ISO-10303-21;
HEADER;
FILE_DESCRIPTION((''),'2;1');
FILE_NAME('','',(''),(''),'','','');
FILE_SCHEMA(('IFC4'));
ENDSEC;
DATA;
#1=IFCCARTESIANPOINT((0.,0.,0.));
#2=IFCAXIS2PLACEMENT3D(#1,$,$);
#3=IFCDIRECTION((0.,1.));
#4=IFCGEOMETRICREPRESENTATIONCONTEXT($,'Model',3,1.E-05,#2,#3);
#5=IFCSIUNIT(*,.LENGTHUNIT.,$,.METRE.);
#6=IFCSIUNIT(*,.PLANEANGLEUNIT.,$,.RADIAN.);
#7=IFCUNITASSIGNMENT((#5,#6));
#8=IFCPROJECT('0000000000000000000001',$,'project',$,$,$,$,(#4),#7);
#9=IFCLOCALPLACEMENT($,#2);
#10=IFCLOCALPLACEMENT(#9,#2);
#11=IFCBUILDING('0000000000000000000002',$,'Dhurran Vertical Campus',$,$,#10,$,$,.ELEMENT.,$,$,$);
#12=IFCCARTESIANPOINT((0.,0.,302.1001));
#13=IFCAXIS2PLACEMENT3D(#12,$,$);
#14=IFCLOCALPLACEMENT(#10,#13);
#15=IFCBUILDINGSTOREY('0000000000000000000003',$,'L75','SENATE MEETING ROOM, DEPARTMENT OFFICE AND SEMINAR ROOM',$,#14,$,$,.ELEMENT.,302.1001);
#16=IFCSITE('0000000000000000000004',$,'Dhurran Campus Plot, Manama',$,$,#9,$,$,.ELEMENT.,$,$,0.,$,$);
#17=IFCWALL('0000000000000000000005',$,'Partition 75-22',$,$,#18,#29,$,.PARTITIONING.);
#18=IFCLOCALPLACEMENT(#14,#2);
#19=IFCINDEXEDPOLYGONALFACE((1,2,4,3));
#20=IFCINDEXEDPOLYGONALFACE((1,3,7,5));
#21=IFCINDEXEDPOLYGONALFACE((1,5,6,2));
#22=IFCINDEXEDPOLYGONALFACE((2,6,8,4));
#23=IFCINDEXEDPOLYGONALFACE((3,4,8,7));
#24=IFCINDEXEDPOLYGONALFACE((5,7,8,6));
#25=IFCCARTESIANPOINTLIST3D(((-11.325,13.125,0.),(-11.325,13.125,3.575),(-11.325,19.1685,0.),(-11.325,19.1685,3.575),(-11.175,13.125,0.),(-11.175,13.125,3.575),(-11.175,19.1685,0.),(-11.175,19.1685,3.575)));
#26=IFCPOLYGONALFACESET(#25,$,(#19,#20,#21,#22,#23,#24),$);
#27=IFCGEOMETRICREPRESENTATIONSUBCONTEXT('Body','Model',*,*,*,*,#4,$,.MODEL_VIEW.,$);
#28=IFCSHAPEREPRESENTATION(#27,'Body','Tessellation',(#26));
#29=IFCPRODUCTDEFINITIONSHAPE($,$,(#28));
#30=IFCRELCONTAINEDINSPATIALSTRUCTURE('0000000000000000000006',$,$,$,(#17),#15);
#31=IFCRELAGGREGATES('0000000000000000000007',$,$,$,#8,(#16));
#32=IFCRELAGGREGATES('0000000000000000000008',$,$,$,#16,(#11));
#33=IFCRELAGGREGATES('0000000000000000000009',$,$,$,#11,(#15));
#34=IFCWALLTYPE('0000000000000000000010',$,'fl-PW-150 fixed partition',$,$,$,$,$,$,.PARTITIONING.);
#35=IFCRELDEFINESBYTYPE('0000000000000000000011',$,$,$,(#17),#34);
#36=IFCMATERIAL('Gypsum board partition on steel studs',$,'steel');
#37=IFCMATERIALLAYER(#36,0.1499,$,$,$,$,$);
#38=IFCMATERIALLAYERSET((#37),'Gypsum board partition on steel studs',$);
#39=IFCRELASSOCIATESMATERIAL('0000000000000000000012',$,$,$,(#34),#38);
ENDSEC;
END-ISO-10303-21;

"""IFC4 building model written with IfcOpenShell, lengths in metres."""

from ifc_helpers import new_model, si_unit, direction, frame, frame_2d, origin, place, context, subcontext, project, spatial, rectangle, extrude, material, layer, layer_set, type_object, element, save


model = new_model("IFC4")

# Units and contexts
model_context = context("Model", 3, precision=1e-05, world=origin(), true_north=direction((0.0, 1.0)))
body_context = subcontext(model_context, "Body", "Model", "MODEL_VIEW")
ifc_project = project(units=[si_unit("LENGTHUNIT", "METRE"), si_unit("PLANEANGLEUNIT", "RADIAN")], contexts=[model_context])

# Site, building, storey
site_placement = place(None, origin())
site = spatial("IfcSite", under=ifc_project, at=site_placement, Name="Dhurran Campus Plot, Manama", CompositionType="ELEMENT", RefElevation=0.0)
building_placement = place(site_placement, origin())
building = spatial("IfcBuilding", under=site, at=building_placement, Name="Dhurran Vertical Campus", CompositionType="ELEMENT")
storey_placement = place(building_placement, frame((0.0, 0.0, 302.1001)))
storey = spatial("IfcBuildingStorey", under=building, at=storey_placement, Name="L75", Description="SENATE MEETING ROOM, DEPARTMENT OFFICE AND SEMINAR ROOM", CompositionType="ELEMENT", Elevation=302.1001)

# Wall
ifc_material_1 = material(Name="Gypsum board partition on steel studs", Category="steel")
ifc_layer_1 = layer(ifc_material_1, 0.1499)
ifc_layer_set_1 = layer_set([ifc_layer_1], Name="Gypsum board partition on steel studs")
wall_type_1 = type_object("IfcWallType", Name="fl-PW-150 fixed partition", PredefinedType="PARTITIONING", material=ifc_layer_set_1)
wall_1_placement = place(storey_placement, frame((-11.25, 19.1685, 0.0), z_axis=(0.0, 0.0, 1.0), x_axis=(0.0, -1.0, 0.0)))
element("IfcWall", 1, at=wall_1_placement, inside=storey, type_object=wall_type_1, Name="Partition 75-22", PredefinedType="PARTITIONING", context=body_context, shape_type="SweptSolid", body=[
    extrude(rectangle(XDim=6.0435, YDim=0.1499, at=frame_2d((3.0217, 0.0))), origin(), (0.0, 0.0, 1.0), 3.575),
])

save(model, "model.ifc")
